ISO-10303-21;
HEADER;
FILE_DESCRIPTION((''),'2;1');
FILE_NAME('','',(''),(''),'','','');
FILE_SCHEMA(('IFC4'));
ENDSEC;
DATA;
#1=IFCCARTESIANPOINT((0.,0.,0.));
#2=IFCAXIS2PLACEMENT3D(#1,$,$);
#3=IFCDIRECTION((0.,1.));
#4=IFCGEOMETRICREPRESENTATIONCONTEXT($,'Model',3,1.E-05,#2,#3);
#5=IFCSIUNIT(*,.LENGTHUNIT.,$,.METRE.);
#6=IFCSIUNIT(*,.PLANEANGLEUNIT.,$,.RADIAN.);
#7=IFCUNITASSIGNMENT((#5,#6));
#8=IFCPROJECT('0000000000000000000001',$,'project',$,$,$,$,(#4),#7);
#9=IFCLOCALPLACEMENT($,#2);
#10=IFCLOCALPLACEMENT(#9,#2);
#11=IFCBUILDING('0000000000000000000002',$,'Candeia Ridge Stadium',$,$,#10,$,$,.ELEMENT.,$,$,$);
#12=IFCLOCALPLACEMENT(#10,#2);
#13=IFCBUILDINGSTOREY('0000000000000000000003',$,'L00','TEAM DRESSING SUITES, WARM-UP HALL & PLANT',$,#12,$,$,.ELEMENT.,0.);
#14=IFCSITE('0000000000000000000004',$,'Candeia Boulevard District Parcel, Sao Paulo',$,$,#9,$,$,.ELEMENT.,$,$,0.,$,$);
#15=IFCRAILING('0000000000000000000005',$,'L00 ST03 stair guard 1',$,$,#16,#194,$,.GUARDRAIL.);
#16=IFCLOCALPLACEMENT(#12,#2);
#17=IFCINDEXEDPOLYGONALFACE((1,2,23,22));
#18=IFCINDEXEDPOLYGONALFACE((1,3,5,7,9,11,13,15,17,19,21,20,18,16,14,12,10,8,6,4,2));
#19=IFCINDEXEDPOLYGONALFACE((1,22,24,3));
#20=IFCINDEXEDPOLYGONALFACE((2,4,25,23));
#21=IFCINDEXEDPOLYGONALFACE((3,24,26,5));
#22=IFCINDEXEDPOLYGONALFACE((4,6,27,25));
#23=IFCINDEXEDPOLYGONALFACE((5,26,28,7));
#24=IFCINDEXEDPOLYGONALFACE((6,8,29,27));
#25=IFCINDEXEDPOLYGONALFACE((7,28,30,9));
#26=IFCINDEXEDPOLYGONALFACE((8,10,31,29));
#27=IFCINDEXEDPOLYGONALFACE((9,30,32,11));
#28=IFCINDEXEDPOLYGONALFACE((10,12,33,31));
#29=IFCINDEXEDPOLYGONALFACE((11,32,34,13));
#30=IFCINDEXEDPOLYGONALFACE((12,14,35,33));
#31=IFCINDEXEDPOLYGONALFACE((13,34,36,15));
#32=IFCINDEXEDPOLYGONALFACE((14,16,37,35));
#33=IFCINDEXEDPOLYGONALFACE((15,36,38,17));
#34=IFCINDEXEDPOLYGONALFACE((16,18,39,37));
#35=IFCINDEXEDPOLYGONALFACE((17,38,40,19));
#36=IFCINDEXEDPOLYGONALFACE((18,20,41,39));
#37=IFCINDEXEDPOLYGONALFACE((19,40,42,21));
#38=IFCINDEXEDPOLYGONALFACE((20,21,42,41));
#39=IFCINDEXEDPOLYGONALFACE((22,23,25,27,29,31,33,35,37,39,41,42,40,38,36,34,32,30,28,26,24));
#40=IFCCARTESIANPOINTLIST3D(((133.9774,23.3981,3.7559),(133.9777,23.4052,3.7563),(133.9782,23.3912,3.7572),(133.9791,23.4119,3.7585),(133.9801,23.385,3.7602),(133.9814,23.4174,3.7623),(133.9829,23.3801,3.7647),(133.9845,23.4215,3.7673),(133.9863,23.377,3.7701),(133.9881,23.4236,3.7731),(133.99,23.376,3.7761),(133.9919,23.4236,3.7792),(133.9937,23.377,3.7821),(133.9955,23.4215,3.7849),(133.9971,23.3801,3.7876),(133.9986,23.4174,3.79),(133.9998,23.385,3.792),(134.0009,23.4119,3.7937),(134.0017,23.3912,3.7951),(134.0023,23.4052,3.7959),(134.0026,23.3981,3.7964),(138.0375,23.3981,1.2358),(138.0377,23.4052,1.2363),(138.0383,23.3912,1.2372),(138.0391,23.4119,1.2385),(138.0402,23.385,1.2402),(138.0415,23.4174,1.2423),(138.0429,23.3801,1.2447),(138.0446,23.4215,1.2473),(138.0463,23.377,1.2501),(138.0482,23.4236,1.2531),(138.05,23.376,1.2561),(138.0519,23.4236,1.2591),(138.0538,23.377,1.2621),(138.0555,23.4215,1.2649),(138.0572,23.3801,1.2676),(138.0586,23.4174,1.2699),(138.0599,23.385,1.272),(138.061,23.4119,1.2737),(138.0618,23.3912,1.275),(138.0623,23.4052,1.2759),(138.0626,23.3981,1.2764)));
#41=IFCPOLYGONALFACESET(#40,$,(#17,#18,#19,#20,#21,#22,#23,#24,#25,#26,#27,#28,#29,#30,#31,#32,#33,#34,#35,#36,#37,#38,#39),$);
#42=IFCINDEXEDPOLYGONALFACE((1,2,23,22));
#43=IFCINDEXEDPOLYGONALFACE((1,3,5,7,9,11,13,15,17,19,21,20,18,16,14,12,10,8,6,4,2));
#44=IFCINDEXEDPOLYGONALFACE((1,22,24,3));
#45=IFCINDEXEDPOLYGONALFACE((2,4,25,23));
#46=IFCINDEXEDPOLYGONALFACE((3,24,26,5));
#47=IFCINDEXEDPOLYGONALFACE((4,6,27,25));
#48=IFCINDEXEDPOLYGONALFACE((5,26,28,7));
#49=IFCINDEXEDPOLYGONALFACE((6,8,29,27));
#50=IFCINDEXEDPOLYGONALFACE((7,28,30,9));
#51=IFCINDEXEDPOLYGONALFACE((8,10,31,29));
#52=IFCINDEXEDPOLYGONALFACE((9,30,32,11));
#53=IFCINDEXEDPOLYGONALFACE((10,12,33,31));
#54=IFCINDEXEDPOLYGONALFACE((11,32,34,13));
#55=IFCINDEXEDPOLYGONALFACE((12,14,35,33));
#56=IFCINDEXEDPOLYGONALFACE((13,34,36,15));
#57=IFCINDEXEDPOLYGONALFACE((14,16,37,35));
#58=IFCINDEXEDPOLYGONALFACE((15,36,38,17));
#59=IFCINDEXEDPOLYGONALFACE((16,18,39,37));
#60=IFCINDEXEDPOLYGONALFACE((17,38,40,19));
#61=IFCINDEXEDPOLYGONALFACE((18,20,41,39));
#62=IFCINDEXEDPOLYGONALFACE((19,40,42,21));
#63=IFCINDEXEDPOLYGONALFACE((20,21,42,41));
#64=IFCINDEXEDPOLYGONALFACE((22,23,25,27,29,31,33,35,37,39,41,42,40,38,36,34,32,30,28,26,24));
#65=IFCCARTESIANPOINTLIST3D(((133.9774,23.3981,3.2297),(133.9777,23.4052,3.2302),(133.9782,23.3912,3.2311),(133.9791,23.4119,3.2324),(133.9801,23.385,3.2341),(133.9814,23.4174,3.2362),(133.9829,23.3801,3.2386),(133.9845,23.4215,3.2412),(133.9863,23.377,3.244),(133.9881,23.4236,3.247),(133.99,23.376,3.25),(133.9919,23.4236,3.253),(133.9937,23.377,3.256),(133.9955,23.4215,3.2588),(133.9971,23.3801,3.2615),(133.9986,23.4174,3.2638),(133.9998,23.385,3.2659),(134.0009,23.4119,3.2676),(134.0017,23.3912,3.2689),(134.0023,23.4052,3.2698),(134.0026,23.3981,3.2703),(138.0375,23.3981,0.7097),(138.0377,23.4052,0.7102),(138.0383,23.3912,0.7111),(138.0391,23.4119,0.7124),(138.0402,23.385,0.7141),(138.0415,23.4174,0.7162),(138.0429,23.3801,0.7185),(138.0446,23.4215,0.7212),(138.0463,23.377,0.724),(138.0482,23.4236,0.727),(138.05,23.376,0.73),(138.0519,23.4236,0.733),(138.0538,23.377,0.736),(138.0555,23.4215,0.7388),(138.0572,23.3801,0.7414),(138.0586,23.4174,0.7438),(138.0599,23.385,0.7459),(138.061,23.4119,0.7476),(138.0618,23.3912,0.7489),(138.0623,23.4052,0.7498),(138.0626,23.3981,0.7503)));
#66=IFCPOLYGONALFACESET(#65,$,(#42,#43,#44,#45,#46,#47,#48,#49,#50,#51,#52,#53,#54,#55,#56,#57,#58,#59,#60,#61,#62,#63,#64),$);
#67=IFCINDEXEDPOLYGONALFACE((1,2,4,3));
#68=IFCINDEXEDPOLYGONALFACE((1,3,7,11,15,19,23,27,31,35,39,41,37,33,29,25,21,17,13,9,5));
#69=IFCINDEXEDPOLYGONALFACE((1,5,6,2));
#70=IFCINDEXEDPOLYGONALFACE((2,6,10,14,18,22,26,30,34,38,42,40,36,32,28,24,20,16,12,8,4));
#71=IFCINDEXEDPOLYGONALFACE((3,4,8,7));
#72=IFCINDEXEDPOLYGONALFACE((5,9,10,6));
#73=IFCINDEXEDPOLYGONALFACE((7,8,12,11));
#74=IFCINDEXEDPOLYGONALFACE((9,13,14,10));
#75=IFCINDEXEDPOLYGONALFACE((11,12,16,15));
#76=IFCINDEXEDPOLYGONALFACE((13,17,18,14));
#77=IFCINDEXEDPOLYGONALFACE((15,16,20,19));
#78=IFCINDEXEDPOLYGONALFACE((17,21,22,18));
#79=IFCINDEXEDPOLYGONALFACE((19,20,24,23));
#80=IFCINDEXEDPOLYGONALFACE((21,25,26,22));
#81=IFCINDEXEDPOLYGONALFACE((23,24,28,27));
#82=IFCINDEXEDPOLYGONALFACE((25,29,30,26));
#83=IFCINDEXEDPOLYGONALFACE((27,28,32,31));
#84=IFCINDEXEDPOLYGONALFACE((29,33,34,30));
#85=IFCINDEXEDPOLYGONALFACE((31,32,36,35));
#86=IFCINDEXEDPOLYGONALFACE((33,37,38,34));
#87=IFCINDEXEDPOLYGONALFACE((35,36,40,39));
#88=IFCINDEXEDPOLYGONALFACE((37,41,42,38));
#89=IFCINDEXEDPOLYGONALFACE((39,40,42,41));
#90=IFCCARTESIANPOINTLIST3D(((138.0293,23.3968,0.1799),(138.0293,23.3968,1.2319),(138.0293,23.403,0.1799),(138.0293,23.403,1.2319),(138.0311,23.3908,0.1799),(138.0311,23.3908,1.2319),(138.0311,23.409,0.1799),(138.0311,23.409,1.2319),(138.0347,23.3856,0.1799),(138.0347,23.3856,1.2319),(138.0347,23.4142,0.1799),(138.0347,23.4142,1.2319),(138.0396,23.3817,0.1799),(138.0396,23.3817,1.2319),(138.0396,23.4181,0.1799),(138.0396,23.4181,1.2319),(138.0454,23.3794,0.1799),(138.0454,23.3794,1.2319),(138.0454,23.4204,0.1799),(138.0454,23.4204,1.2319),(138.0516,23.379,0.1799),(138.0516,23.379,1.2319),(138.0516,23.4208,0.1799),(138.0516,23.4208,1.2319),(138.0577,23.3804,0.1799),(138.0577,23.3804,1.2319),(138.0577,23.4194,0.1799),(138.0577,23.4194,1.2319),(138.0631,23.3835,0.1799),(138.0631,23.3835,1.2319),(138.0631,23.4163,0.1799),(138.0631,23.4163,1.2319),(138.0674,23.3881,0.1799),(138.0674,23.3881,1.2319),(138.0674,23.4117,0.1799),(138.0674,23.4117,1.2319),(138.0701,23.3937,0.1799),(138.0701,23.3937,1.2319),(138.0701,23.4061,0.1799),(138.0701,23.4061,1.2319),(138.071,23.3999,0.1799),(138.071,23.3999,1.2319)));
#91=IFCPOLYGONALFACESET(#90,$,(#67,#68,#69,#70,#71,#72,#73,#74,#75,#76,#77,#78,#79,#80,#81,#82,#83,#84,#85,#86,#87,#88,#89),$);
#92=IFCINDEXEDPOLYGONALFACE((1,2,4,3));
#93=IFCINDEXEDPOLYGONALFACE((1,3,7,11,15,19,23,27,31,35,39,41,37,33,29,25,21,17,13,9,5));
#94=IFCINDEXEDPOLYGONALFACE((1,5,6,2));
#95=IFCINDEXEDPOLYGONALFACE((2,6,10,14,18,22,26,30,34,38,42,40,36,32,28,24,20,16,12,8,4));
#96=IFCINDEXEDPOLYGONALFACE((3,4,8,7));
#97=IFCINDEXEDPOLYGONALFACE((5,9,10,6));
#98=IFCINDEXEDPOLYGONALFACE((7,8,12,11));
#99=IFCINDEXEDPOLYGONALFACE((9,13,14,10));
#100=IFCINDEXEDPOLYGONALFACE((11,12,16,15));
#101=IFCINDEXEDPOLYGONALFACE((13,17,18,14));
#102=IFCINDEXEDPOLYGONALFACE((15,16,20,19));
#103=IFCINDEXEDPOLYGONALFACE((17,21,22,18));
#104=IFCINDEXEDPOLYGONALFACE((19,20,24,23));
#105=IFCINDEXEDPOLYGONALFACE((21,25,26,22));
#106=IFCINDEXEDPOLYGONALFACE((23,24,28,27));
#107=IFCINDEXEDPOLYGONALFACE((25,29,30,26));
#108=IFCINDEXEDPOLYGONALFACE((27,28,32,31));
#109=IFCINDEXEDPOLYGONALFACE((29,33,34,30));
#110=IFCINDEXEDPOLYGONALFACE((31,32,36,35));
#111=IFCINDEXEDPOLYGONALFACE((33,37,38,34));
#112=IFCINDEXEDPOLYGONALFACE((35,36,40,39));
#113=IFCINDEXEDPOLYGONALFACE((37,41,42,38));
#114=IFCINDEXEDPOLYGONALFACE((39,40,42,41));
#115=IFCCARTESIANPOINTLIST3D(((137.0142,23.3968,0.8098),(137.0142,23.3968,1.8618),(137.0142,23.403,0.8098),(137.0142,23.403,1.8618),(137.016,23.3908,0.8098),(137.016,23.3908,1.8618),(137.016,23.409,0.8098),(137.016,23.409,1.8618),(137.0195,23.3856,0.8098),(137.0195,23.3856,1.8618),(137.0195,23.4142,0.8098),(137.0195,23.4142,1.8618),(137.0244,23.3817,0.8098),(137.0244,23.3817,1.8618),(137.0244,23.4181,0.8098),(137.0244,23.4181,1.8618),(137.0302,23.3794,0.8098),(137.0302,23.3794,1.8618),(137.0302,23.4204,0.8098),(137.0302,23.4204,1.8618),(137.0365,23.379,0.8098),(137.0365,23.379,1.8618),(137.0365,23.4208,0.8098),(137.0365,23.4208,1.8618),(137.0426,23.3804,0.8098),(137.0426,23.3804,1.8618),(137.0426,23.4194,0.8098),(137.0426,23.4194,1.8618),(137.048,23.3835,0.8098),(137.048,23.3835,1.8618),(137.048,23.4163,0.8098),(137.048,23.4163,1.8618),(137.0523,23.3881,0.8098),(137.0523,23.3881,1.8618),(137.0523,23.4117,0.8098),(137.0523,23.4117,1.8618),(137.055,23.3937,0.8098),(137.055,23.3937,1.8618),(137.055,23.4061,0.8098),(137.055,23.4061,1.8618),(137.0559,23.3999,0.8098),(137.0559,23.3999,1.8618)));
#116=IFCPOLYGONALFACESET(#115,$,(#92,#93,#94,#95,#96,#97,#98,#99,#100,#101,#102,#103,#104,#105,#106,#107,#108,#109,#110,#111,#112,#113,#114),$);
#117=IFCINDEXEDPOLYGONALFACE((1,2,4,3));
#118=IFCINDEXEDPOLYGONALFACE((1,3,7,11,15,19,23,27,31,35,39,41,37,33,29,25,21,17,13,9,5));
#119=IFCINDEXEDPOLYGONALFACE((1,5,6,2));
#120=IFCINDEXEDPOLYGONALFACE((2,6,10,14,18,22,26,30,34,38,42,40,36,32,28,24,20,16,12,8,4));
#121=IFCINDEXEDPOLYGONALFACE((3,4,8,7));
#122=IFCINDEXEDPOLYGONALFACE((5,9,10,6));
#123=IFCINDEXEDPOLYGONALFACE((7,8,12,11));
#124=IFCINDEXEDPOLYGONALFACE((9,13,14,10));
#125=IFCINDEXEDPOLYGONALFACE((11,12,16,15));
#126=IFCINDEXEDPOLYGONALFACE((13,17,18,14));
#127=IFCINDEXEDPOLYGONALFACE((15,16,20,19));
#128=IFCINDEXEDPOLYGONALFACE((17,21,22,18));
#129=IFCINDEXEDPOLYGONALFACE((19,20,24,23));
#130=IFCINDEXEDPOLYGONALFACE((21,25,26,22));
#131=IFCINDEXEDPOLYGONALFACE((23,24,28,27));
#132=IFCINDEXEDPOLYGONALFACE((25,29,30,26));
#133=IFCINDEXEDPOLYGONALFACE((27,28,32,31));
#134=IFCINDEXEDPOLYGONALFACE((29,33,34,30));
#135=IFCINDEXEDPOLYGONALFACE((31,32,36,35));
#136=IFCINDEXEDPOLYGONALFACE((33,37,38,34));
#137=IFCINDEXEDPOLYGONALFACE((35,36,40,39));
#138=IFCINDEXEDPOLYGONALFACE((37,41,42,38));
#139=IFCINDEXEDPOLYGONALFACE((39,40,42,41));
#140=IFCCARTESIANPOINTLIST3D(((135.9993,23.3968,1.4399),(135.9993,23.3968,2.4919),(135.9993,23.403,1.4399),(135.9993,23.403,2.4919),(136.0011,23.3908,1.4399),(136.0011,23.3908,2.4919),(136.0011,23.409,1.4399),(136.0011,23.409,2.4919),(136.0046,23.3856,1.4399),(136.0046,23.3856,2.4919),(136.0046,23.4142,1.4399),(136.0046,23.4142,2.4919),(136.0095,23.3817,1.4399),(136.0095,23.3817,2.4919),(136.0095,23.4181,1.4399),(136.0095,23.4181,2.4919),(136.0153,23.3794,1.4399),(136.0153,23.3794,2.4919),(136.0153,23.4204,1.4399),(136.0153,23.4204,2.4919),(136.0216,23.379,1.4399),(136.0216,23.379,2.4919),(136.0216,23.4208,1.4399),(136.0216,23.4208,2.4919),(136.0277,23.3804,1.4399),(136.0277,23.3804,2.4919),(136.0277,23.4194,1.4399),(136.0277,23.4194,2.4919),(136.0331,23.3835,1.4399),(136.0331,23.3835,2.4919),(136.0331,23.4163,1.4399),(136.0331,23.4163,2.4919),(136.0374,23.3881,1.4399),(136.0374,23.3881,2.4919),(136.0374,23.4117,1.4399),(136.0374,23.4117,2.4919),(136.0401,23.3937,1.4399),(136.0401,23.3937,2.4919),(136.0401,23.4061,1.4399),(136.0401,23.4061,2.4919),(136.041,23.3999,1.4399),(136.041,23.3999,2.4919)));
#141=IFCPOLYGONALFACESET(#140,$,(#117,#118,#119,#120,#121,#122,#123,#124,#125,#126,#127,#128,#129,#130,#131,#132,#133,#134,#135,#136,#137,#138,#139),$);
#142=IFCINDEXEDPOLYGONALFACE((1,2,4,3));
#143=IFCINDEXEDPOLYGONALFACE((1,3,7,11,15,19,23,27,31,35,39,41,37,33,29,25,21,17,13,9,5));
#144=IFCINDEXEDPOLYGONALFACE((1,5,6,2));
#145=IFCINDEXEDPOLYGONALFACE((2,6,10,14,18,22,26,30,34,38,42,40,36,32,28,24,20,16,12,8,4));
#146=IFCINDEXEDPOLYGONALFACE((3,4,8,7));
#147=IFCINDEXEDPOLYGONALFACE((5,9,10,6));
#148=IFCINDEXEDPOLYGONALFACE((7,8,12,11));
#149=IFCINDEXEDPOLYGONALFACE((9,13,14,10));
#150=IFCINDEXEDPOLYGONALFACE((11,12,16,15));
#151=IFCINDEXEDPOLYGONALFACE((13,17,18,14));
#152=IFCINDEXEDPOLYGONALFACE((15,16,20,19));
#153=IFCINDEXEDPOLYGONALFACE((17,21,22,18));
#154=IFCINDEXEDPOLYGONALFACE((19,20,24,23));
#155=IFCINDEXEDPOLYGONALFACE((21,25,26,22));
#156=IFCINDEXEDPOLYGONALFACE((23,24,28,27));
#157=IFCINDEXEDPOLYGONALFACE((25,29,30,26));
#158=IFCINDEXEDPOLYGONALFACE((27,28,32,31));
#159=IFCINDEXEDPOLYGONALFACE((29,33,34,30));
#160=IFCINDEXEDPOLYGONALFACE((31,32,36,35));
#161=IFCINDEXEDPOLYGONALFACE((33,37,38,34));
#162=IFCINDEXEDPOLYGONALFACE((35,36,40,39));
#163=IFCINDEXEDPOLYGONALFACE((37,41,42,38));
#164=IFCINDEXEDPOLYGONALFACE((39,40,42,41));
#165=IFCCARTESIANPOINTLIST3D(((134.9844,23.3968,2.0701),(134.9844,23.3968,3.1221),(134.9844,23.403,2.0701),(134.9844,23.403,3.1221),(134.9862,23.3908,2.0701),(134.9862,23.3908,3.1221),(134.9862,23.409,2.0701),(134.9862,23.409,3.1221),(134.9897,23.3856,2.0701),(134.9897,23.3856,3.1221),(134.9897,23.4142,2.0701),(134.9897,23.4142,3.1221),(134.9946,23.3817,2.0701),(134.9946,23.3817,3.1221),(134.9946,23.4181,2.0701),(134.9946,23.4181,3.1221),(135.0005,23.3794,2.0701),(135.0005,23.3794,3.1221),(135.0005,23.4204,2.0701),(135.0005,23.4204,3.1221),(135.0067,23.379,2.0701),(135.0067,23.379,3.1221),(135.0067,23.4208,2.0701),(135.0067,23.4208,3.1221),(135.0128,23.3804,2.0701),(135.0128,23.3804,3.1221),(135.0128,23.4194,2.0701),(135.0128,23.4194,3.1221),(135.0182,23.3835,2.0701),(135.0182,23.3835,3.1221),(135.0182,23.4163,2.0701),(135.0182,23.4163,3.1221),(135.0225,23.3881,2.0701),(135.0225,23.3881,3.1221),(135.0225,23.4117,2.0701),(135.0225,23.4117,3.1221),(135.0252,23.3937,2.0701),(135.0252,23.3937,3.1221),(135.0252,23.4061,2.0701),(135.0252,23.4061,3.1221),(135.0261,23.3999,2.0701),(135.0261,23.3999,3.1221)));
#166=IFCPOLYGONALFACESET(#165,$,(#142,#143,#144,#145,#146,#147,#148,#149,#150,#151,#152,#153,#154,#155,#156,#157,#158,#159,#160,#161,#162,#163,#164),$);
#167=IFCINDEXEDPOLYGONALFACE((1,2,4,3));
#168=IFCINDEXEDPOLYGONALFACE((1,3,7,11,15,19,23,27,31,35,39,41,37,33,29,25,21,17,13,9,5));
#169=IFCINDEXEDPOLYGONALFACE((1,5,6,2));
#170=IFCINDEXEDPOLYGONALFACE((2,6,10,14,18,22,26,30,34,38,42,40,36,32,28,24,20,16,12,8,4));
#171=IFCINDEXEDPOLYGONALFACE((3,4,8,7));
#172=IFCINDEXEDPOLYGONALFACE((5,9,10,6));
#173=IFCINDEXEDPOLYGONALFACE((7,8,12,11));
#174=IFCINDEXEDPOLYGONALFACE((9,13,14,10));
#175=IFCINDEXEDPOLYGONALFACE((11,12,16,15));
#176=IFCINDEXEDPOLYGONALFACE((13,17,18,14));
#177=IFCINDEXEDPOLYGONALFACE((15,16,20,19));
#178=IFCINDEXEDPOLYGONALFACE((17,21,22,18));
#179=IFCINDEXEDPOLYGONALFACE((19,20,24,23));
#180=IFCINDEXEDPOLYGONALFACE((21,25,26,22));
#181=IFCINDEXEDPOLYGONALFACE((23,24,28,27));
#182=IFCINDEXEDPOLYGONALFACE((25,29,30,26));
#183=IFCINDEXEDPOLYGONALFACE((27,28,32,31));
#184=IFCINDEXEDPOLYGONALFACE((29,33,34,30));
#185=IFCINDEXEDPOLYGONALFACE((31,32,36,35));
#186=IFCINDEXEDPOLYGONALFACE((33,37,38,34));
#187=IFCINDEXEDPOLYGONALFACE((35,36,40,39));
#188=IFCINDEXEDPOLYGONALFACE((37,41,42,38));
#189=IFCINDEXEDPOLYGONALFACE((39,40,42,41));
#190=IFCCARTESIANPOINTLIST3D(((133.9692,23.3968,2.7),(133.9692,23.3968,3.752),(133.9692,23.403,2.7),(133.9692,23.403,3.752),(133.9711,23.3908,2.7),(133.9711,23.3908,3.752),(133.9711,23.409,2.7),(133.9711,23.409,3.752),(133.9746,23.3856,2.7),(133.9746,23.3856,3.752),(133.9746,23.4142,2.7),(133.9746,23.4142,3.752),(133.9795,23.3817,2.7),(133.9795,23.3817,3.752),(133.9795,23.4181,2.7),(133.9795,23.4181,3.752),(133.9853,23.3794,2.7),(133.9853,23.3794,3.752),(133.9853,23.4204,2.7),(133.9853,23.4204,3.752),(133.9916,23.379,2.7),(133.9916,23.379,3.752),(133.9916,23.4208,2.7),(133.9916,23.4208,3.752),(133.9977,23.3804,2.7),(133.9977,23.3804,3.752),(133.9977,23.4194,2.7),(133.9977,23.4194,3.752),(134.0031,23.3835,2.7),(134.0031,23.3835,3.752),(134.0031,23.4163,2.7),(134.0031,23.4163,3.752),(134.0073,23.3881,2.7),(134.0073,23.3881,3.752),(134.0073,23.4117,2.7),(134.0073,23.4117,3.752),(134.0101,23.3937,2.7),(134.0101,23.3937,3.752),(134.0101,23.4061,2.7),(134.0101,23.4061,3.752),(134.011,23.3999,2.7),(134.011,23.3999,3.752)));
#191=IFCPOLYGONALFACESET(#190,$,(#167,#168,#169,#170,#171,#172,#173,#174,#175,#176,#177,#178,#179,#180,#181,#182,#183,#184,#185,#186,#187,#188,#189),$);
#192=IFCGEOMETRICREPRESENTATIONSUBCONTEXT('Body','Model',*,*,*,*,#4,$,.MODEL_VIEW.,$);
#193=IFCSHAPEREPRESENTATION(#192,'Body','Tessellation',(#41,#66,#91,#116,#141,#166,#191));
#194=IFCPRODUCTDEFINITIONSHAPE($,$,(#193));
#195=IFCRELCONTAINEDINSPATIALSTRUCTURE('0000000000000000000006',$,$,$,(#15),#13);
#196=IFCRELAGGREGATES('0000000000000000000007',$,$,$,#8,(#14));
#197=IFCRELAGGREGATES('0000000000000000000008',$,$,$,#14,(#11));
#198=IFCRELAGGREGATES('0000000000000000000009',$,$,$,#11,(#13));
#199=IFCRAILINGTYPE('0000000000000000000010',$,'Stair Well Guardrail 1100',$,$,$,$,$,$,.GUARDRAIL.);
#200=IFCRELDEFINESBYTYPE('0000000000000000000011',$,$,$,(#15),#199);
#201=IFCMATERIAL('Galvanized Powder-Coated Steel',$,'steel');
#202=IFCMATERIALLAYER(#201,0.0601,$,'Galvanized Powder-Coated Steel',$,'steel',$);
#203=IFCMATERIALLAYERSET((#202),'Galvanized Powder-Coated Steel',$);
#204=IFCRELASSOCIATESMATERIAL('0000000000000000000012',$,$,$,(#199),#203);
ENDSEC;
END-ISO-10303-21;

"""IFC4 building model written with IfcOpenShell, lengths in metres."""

from ifc_helpers import new_model, si_unit, direction, frame, origin, origin_2d, place, context, subcontext, project, spatial, circle, extrude, material, layer, layer_set, type_object, element, save


model = new_model("IFC4")

# Units and contexts
model_context = context("Model", 3, precision=1e-05, world=origin(), true_north=direction((0.0, 1.0)))
body_context = subcontext(model_context, "Body", "Model", "MODEL_VIEW")
ifc_project = project(units=[si_unit("LENGTHUNIT", "METRE"), si_unit("PLANEANGLEUNIT", "RADIAN")], contexts=[model_context])

# Site, building, storey
site_placement = place(None, origin())
site = spatial("IfcSite", under=ifc_project, at=site_placement, Name="Candeia Boulevard District Parcel, Sao Paulo", CompositionType="ELEMENT", RefElevation=0.0)
building_placement = place(site_placement, origin())
building = spatial("IfcBuilding", under=site, at=building_placement, Name="Candeia Ridge Stadium", CompositionType="ELEMENT")
storey_placement = place(building_placement, origin())
storey = spatial("IfcBuildingStorey", under=building, at=storey_placement, Name="L00", Description="TEAM DRESSING SUITES, WARM-UP HALL & PLANT", CompositionType="ELEMENT", Elevation=0.0)

# Railing
ifc_material_1 = material(Name="Galvanized Powder-Coated Steel", Category="steel")
ifc_layer_1 = layer(ifc_material_1, 0.0601, Name="Galvanized Powder-Coated Steel", Category="steel")
ifc_layer_set_1 = layer_set([ifc_layer_1], Name="Galvanized Powder-Coated Steel")
railing_type_1 = type_object("IfcRailingType", Name="Stair Well Guardrail 1100", PredefinedType="GUARDRAIL", material=ifc_layer_set_1)
railing_1_placement = place(storey_placement, frame((138.05, 23.3999, 0.1799)))
element("IfcRailing", 1, at=railing_1_placement, inside=storey, type_object=railing_type_1, Name="L00 ST03 stair guard 1", PredefinedType="GUARDRAIL", context=body_context, shape_type="SweptSolid", body=[
    extrude(circle(Radius=0.0239, at=origin_2d()), frame((0.0, 0.0, 1.0762), z_axis=(-0.849642, 0.0, 0.52736), x_axis=(0.0, -1.0, 0.0)), (0.0, 0.0, 1.0), 4.7786),
    extrude(circle(Radius=0.0239, at=origin_2d()), frame((0.0, 0.0, 0.55), z_axis=(-0.849642, 0.0, 0.52736), x_axis=(0.0, -1.0, 0.0)), (0.0, 0.0, 1.0), 4.7786),
    extrude(circle(Radius=0.021, at=origin_2d()), origin(), (0.0, 0.0, 1.0), 1.052),
    extrude(circle(Radius=0.021, at=origin_2d()), frame((-1.0151, 0.0, 0.6299)), (0.0, 0.0, 1.0), 1.052),
    extrude(circle(Radius=0.021, at=origin_2d()), frame((-2.03, 0.0, 1.26)), (0.0, 0.0, 1.0), 1.052),
    extrude(circle(Radius=0.021, at=origin_2d()), frame((-3.0449, 0.0, 1.8901)), (0.0, 0.0, 1.0), 1.052),
    extrude(circle(Radius=0.021, at=origin_2d()), frame((-4.0601, 0.0, 2.52)), (0.0, 0.0, 1.0), 1.052),
])

save(model, "model.ifc")
